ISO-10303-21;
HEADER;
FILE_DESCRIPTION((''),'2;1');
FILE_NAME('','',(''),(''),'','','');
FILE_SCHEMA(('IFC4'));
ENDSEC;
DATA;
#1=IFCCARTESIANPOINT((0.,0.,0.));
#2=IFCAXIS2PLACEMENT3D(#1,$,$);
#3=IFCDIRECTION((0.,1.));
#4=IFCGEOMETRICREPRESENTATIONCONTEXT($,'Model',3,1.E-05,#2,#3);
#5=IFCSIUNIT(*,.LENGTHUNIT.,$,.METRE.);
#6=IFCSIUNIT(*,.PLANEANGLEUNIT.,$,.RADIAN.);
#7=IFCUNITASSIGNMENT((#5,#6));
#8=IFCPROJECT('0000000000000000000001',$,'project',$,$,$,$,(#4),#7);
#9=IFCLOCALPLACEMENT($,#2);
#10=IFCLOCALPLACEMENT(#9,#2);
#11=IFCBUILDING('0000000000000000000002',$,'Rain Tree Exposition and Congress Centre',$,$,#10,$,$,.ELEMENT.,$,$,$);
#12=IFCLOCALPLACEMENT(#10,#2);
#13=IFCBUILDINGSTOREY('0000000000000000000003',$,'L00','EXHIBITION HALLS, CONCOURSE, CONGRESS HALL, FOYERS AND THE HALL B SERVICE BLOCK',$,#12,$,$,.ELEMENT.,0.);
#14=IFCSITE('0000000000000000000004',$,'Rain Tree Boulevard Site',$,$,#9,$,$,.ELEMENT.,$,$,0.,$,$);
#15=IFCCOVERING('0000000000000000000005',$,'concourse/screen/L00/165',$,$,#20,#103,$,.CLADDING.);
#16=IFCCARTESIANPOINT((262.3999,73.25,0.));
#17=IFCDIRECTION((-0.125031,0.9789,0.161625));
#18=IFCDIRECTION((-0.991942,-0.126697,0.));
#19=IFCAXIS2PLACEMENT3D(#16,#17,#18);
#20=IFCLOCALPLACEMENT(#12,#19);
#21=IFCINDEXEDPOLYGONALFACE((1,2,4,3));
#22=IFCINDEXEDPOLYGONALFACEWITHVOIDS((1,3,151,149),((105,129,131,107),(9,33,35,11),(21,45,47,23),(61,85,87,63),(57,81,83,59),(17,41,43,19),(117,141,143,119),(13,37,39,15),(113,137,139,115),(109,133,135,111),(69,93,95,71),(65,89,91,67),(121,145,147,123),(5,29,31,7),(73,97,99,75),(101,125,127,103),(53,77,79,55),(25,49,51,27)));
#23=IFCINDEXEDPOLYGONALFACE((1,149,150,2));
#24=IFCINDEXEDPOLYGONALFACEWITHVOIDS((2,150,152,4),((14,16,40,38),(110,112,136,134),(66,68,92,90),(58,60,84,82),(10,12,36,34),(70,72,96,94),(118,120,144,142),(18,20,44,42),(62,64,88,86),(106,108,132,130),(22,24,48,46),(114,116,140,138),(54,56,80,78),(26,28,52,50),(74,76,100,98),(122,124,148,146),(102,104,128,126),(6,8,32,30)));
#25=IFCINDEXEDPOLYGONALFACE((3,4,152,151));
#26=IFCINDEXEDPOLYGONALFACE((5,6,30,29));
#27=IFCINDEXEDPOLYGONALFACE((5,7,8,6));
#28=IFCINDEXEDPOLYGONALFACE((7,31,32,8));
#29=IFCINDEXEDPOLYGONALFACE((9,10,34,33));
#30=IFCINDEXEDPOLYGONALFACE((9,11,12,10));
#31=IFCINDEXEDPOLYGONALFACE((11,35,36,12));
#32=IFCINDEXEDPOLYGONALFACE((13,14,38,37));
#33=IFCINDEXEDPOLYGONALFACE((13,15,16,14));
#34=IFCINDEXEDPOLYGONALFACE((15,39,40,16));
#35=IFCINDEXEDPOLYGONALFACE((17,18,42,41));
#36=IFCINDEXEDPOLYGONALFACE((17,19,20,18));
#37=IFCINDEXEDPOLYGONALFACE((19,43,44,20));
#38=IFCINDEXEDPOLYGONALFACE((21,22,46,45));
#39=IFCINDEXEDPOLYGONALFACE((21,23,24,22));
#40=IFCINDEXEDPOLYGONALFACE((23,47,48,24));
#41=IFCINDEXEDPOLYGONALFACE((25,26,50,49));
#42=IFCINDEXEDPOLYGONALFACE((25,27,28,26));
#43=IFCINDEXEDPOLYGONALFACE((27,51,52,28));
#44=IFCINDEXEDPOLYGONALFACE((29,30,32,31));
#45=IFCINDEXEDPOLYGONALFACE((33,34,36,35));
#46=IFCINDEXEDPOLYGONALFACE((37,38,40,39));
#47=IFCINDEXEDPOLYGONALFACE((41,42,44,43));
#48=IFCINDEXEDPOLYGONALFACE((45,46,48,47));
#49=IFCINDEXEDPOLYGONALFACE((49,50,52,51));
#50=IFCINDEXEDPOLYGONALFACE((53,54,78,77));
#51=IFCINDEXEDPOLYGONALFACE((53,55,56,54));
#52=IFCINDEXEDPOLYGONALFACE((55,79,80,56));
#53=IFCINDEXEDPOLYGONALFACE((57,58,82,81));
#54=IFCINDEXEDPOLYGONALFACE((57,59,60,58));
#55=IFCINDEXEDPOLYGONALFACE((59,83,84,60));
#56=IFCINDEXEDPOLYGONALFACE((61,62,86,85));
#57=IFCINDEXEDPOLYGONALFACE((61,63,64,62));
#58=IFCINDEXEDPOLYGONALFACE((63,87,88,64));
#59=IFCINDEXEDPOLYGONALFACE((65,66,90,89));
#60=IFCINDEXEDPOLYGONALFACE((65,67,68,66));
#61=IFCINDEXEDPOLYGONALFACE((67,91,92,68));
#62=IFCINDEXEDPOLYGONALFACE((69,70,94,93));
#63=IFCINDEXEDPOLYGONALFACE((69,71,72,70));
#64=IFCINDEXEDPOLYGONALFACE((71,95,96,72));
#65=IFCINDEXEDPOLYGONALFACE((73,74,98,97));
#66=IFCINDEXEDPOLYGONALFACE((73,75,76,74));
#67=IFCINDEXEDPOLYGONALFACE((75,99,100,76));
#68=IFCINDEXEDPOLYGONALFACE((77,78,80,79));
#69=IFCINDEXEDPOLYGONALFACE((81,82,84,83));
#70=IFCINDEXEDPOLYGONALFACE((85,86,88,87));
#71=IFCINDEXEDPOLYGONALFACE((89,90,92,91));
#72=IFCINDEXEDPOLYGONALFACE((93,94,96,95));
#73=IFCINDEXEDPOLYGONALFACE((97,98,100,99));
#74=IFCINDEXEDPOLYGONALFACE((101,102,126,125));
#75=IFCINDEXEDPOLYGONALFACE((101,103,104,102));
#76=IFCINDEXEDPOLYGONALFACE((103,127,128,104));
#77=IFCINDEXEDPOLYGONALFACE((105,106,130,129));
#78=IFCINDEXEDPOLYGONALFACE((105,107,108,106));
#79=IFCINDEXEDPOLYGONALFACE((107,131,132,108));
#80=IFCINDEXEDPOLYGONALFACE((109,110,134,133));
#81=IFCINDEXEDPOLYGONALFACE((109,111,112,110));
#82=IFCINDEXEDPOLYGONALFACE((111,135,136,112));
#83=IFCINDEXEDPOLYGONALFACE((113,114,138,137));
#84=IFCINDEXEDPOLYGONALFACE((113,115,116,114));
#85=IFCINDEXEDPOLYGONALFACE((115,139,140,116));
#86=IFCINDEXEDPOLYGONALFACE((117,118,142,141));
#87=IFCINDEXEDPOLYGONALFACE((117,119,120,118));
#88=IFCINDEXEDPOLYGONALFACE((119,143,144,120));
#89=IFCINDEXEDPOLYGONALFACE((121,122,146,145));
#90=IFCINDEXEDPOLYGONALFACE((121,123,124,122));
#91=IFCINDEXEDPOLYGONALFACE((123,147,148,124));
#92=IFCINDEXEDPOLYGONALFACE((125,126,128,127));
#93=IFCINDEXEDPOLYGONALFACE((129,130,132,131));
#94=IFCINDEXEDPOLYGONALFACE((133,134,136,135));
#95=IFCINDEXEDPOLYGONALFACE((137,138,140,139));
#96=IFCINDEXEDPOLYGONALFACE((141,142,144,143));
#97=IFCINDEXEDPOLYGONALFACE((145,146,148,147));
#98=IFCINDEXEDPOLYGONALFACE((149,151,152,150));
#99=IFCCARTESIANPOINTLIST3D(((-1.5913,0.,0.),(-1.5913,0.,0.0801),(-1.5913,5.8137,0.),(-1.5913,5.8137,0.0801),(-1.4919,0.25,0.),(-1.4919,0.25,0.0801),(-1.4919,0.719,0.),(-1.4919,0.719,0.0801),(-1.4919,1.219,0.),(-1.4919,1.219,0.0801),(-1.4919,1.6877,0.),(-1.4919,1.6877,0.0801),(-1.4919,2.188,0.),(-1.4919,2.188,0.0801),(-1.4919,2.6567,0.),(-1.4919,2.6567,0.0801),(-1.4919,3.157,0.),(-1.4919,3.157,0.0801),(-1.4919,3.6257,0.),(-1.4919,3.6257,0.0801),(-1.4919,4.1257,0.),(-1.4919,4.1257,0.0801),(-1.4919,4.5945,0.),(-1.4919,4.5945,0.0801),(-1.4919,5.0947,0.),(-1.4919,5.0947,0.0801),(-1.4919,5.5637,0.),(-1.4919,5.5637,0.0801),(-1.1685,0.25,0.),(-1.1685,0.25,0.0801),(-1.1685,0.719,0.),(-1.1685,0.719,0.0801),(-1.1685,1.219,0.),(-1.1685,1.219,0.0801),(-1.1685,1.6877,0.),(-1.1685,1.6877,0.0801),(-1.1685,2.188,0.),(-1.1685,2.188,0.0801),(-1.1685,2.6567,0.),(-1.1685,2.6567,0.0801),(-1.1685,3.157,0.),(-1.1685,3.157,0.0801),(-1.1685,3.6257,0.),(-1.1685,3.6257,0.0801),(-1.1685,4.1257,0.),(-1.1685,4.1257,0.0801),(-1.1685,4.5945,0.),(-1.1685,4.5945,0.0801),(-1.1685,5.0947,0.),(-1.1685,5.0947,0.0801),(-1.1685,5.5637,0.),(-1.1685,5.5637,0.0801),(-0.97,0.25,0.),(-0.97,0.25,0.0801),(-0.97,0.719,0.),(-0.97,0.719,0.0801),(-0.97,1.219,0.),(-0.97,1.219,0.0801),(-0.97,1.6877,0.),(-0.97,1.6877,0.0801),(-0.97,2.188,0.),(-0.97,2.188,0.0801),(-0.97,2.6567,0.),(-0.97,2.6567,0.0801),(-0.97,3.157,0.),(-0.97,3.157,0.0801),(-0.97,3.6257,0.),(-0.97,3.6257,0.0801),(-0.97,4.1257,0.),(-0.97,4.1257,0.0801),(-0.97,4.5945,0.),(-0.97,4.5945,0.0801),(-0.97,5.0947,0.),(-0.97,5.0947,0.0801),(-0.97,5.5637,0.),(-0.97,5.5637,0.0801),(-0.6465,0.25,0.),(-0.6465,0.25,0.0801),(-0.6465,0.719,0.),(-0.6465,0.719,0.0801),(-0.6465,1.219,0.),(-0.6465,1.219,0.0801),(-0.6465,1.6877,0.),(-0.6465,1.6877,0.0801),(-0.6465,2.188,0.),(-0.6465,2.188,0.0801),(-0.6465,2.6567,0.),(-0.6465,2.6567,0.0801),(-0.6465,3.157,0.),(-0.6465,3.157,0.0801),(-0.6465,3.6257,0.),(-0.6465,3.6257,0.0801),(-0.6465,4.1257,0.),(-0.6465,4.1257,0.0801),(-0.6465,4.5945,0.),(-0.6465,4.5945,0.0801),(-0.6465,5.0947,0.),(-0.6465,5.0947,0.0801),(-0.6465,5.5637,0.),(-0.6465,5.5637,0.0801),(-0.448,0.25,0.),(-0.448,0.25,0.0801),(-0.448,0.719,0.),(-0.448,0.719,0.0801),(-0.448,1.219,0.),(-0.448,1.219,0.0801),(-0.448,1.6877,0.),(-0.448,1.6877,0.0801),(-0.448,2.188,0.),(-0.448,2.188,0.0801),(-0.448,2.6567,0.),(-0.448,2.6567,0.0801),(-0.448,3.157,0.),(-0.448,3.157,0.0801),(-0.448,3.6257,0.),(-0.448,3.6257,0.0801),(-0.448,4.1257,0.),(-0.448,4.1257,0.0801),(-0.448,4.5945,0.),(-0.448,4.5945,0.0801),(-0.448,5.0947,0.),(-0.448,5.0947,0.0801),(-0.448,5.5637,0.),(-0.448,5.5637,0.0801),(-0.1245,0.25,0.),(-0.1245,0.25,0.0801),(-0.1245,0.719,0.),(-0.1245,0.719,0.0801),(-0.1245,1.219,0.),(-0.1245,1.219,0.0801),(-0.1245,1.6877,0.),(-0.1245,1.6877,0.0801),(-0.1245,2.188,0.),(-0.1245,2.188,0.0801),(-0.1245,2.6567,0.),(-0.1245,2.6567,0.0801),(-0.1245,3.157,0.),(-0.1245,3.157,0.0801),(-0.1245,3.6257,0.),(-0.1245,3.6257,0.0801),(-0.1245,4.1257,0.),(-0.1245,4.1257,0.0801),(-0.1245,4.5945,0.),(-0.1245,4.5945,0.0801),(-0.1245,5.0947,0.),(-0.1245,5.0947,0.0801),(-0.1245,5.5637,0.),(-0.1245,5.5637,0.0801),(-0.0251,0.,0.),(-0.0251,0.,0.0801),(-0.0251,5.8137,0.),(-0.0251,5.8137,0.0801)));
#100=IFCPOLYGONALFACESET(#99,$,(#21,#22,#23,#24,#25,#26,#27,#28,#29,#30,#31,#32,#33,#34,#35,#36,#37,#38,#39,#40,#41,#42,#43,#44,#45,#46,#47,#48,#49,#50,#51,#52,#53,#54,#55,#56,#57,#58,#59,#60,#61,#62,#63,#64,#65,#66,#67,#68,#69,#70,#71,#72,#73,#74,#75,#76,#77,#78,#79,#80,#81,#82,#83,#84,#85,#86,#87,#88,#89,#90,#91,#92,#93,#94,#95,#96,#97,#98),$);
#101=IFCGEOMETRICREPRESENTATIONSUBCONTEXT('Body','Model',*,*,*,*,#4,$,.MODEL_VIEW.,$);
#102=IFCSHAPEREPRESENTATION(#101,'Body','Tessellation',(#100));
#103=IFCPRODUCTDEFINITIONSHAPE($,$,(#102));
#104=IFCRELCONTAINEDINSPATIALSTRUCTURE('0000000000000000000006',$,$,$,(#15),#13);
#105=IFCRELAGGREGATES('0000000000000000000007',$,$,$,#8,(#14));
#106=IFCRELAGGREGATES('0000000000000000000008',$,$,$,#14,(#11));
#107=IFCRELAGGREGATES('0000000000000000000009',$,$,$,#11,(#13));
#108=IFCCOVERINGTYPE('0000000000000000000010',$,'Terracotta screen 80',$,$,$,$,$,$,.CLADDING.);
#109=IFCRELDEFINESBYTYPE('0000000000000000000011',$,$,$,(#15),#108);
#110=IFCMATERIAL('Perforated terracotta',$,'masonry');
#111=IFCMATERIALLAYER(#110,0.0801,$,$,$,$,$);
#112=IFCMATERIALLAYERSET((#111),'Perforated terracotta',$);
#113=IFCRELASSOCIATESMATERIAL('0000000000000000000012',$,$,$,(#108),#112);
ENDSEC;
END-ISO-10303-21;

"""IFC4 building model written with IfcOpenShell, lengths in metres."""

from ifc_helpers import new_model, si_unit, direction, frame, origin, place, context, subcontext, project, spatial, polyline, outline, extrude, material, layer, layer_set, type_object, element, save


model = new_model("IFC4")

# Units and contexts
model_context = context("Model", 3, precision=1e-05, world=origin(), true_north=direction((0.0, 1.0)))
body_context = subcontext(model_context, "Body", "Model", "MODEL_VIEW")
ifc_project = project(units=[si_unit("LENGTHUNIT", "METRE"), si_unit("PLANEANGLEUNIT", "RADIAN")], contexts=[model_context])

# Site, building, storey
site_placement = place(None, origin())
site = spatial("IfcSite", under=ifc_project, at=site_placement, Name="Rain Tree Boulevard Site", CompositionType="ELEMENT", RefElevation=0.0)
building_placement = place(site_placement, origin())
building = spatial("IfcBuilding", under=site, at=building_placement, Name="Rain Tree Exposition and Congress Centre", CompositionType="ELEMENT")
storey_placement = place(building_placement, origin())
storey = spatial("IfcBuildingStorey", under=building, at=storey_placement, Name="L00", Description="EXHIBITION HALLS, CONCOURSE, CONGRESS HALL, FOYERS AND THE HALL B SERVICE BLOCK", CompositionType="ELEMENT", Elevation=0.0)

# Covering
ifc_material_1 = material(Name="Perforated terracotta", Category="masonry")
ifc_layer_1 = layer(ifc_material_1, 0.0801)
ifc_layer_set_1 = layer_set([ifc_layer_1], Name="Perforated terracotta")
covering_type = type_object("IfcCoveringType", Name="Terracotta screen 80", PredefinedType="CLADDING", material=ifc_layer_set_1)
covering_1_placement = place(storey_placement, frame((262.3999, 73.25, 0.0), z_axis=(-0.125031, 0.9789, 0.161625), x_axis=(-0.991942, -0.126697, 0.0)))
element("IfcCovering", 1, at=covering_1_placement, inside=storey, type_object=covering_type, Name="concourse/screen/L00/165", PredefinedType="CLADDING", context=body_context, shape_type="SweptSolid", body=[
    extrude(outline(polyline([(-0.0251, 0.0), (-1.5913, 0.0), (-1.5913, 5.8137), (-0.0251, 5.8137), (-0.0251, 0.0)]), holes=[polyline([(-0.1245, 0.25), (-0.1245, 0.719), (-0.448, 0.719), (-0.448, 0.25), (-0.1245, 0.25)]), polyline([(-0.1245, 1.219), (-0.1245, 1.6877), (-0.448, 1.6877), (-0.448, 1.219), (-0.1245, 1.219)]), polyline([(-0.1245, 2.188), (-0.1245, 2.6567), (-0.448, 2.6567), (-0.448, 2.188), (-0.1245, 2.188)]), polyline([(-0.1245, 3.157), (-0.1245, 3.6257), (-0.448, 3.6257), (-0.448, 3.157), (-0.1245, 3.157)]), polyline([(-0.1245, 4.1257), (-0.1245, 4.5945), (-0.448, 4.5945), (-0.448, 4.1257), (-0.1245, 4.1257)]), polyline([(-0.1245, 5.0947), (-0.1245, 5.5637), (-0.448, 5.5637), (-0.448, 5.0947), (-0.1245, 5.0947)]), polyline([(-0.6465, 0.25), (-0.6465, 0.719), (-0.97, 0.719), (-0.97, 0.25), (-0.6465, 0.25)]), polyline([(-0.6465, 1.219), (-0.6465, 1.6877), (-0.97, 1.6877), (-0.97, 1.219), (-0.6465, 1.219)]), polyline([(-0.6465, 2.188), (-0.6465, 2.6567), (-0.97, 2.6567), (-0.97, 2.188), (-0.6465, 2.188)]), polyline([(-0.6465, 3.157), (-0.6465, 3.6257), (-0.97, 3.6257), (-0.97, 3.157), (-0.6465, 3.157)]), polyline([(-0.6465, 4.1257), (-0.6465, 4.5945), (-0.97, 4.5945), (-0.97, 4.1257), (-0.6465, 4.1257)]), polyline([(-0.6465, 5.0947), (-0.6465, 5.5637), (-0.97, 5.5637), (-0.97, 5.0947), (-0.6465, 5.0947)]), polyline([(-1.1685, 0.25), (-1.1685, 0.719), (-1.4919, 0.719), (-1.4919, 0.25), (-1.1685, 0.25)]), polyline([(-1.1685, 1.219), (-1.1685, 1.6877), (-1.4919, 1.6877), (-1.4919, 1.219), (-1.1685, 1.219)]), polyline([(-1.1685, 2.188), (-1.1685, 2.6567), (-1.4919, 2.6567), (-1.4919, 2.188), (-1.1685, 2.188)]), polyline([(-1.1685, 3.157), (-1.1685, 3.6257), (-1.4919, 3.6257), (-1.4919, 3.157), (-1.1685, 3.157)]), polyline([(-1.1685, 4.1257), (-1.1685, 4.5945), (-1.4919, 4.5945), (-1.4919, 4.1257), (-1.1685, 4.1257)]), polyline([(-1.1685, 5.0947), (-1.1685, 5.5637), (-1.4919, 5.5637), (-1.4919, 5.0947), (-1.1685, 5.0947)])]), origin(), (0.0, 0.0, 1.0), 0.0801),
])

save(model, "model.ifc")
